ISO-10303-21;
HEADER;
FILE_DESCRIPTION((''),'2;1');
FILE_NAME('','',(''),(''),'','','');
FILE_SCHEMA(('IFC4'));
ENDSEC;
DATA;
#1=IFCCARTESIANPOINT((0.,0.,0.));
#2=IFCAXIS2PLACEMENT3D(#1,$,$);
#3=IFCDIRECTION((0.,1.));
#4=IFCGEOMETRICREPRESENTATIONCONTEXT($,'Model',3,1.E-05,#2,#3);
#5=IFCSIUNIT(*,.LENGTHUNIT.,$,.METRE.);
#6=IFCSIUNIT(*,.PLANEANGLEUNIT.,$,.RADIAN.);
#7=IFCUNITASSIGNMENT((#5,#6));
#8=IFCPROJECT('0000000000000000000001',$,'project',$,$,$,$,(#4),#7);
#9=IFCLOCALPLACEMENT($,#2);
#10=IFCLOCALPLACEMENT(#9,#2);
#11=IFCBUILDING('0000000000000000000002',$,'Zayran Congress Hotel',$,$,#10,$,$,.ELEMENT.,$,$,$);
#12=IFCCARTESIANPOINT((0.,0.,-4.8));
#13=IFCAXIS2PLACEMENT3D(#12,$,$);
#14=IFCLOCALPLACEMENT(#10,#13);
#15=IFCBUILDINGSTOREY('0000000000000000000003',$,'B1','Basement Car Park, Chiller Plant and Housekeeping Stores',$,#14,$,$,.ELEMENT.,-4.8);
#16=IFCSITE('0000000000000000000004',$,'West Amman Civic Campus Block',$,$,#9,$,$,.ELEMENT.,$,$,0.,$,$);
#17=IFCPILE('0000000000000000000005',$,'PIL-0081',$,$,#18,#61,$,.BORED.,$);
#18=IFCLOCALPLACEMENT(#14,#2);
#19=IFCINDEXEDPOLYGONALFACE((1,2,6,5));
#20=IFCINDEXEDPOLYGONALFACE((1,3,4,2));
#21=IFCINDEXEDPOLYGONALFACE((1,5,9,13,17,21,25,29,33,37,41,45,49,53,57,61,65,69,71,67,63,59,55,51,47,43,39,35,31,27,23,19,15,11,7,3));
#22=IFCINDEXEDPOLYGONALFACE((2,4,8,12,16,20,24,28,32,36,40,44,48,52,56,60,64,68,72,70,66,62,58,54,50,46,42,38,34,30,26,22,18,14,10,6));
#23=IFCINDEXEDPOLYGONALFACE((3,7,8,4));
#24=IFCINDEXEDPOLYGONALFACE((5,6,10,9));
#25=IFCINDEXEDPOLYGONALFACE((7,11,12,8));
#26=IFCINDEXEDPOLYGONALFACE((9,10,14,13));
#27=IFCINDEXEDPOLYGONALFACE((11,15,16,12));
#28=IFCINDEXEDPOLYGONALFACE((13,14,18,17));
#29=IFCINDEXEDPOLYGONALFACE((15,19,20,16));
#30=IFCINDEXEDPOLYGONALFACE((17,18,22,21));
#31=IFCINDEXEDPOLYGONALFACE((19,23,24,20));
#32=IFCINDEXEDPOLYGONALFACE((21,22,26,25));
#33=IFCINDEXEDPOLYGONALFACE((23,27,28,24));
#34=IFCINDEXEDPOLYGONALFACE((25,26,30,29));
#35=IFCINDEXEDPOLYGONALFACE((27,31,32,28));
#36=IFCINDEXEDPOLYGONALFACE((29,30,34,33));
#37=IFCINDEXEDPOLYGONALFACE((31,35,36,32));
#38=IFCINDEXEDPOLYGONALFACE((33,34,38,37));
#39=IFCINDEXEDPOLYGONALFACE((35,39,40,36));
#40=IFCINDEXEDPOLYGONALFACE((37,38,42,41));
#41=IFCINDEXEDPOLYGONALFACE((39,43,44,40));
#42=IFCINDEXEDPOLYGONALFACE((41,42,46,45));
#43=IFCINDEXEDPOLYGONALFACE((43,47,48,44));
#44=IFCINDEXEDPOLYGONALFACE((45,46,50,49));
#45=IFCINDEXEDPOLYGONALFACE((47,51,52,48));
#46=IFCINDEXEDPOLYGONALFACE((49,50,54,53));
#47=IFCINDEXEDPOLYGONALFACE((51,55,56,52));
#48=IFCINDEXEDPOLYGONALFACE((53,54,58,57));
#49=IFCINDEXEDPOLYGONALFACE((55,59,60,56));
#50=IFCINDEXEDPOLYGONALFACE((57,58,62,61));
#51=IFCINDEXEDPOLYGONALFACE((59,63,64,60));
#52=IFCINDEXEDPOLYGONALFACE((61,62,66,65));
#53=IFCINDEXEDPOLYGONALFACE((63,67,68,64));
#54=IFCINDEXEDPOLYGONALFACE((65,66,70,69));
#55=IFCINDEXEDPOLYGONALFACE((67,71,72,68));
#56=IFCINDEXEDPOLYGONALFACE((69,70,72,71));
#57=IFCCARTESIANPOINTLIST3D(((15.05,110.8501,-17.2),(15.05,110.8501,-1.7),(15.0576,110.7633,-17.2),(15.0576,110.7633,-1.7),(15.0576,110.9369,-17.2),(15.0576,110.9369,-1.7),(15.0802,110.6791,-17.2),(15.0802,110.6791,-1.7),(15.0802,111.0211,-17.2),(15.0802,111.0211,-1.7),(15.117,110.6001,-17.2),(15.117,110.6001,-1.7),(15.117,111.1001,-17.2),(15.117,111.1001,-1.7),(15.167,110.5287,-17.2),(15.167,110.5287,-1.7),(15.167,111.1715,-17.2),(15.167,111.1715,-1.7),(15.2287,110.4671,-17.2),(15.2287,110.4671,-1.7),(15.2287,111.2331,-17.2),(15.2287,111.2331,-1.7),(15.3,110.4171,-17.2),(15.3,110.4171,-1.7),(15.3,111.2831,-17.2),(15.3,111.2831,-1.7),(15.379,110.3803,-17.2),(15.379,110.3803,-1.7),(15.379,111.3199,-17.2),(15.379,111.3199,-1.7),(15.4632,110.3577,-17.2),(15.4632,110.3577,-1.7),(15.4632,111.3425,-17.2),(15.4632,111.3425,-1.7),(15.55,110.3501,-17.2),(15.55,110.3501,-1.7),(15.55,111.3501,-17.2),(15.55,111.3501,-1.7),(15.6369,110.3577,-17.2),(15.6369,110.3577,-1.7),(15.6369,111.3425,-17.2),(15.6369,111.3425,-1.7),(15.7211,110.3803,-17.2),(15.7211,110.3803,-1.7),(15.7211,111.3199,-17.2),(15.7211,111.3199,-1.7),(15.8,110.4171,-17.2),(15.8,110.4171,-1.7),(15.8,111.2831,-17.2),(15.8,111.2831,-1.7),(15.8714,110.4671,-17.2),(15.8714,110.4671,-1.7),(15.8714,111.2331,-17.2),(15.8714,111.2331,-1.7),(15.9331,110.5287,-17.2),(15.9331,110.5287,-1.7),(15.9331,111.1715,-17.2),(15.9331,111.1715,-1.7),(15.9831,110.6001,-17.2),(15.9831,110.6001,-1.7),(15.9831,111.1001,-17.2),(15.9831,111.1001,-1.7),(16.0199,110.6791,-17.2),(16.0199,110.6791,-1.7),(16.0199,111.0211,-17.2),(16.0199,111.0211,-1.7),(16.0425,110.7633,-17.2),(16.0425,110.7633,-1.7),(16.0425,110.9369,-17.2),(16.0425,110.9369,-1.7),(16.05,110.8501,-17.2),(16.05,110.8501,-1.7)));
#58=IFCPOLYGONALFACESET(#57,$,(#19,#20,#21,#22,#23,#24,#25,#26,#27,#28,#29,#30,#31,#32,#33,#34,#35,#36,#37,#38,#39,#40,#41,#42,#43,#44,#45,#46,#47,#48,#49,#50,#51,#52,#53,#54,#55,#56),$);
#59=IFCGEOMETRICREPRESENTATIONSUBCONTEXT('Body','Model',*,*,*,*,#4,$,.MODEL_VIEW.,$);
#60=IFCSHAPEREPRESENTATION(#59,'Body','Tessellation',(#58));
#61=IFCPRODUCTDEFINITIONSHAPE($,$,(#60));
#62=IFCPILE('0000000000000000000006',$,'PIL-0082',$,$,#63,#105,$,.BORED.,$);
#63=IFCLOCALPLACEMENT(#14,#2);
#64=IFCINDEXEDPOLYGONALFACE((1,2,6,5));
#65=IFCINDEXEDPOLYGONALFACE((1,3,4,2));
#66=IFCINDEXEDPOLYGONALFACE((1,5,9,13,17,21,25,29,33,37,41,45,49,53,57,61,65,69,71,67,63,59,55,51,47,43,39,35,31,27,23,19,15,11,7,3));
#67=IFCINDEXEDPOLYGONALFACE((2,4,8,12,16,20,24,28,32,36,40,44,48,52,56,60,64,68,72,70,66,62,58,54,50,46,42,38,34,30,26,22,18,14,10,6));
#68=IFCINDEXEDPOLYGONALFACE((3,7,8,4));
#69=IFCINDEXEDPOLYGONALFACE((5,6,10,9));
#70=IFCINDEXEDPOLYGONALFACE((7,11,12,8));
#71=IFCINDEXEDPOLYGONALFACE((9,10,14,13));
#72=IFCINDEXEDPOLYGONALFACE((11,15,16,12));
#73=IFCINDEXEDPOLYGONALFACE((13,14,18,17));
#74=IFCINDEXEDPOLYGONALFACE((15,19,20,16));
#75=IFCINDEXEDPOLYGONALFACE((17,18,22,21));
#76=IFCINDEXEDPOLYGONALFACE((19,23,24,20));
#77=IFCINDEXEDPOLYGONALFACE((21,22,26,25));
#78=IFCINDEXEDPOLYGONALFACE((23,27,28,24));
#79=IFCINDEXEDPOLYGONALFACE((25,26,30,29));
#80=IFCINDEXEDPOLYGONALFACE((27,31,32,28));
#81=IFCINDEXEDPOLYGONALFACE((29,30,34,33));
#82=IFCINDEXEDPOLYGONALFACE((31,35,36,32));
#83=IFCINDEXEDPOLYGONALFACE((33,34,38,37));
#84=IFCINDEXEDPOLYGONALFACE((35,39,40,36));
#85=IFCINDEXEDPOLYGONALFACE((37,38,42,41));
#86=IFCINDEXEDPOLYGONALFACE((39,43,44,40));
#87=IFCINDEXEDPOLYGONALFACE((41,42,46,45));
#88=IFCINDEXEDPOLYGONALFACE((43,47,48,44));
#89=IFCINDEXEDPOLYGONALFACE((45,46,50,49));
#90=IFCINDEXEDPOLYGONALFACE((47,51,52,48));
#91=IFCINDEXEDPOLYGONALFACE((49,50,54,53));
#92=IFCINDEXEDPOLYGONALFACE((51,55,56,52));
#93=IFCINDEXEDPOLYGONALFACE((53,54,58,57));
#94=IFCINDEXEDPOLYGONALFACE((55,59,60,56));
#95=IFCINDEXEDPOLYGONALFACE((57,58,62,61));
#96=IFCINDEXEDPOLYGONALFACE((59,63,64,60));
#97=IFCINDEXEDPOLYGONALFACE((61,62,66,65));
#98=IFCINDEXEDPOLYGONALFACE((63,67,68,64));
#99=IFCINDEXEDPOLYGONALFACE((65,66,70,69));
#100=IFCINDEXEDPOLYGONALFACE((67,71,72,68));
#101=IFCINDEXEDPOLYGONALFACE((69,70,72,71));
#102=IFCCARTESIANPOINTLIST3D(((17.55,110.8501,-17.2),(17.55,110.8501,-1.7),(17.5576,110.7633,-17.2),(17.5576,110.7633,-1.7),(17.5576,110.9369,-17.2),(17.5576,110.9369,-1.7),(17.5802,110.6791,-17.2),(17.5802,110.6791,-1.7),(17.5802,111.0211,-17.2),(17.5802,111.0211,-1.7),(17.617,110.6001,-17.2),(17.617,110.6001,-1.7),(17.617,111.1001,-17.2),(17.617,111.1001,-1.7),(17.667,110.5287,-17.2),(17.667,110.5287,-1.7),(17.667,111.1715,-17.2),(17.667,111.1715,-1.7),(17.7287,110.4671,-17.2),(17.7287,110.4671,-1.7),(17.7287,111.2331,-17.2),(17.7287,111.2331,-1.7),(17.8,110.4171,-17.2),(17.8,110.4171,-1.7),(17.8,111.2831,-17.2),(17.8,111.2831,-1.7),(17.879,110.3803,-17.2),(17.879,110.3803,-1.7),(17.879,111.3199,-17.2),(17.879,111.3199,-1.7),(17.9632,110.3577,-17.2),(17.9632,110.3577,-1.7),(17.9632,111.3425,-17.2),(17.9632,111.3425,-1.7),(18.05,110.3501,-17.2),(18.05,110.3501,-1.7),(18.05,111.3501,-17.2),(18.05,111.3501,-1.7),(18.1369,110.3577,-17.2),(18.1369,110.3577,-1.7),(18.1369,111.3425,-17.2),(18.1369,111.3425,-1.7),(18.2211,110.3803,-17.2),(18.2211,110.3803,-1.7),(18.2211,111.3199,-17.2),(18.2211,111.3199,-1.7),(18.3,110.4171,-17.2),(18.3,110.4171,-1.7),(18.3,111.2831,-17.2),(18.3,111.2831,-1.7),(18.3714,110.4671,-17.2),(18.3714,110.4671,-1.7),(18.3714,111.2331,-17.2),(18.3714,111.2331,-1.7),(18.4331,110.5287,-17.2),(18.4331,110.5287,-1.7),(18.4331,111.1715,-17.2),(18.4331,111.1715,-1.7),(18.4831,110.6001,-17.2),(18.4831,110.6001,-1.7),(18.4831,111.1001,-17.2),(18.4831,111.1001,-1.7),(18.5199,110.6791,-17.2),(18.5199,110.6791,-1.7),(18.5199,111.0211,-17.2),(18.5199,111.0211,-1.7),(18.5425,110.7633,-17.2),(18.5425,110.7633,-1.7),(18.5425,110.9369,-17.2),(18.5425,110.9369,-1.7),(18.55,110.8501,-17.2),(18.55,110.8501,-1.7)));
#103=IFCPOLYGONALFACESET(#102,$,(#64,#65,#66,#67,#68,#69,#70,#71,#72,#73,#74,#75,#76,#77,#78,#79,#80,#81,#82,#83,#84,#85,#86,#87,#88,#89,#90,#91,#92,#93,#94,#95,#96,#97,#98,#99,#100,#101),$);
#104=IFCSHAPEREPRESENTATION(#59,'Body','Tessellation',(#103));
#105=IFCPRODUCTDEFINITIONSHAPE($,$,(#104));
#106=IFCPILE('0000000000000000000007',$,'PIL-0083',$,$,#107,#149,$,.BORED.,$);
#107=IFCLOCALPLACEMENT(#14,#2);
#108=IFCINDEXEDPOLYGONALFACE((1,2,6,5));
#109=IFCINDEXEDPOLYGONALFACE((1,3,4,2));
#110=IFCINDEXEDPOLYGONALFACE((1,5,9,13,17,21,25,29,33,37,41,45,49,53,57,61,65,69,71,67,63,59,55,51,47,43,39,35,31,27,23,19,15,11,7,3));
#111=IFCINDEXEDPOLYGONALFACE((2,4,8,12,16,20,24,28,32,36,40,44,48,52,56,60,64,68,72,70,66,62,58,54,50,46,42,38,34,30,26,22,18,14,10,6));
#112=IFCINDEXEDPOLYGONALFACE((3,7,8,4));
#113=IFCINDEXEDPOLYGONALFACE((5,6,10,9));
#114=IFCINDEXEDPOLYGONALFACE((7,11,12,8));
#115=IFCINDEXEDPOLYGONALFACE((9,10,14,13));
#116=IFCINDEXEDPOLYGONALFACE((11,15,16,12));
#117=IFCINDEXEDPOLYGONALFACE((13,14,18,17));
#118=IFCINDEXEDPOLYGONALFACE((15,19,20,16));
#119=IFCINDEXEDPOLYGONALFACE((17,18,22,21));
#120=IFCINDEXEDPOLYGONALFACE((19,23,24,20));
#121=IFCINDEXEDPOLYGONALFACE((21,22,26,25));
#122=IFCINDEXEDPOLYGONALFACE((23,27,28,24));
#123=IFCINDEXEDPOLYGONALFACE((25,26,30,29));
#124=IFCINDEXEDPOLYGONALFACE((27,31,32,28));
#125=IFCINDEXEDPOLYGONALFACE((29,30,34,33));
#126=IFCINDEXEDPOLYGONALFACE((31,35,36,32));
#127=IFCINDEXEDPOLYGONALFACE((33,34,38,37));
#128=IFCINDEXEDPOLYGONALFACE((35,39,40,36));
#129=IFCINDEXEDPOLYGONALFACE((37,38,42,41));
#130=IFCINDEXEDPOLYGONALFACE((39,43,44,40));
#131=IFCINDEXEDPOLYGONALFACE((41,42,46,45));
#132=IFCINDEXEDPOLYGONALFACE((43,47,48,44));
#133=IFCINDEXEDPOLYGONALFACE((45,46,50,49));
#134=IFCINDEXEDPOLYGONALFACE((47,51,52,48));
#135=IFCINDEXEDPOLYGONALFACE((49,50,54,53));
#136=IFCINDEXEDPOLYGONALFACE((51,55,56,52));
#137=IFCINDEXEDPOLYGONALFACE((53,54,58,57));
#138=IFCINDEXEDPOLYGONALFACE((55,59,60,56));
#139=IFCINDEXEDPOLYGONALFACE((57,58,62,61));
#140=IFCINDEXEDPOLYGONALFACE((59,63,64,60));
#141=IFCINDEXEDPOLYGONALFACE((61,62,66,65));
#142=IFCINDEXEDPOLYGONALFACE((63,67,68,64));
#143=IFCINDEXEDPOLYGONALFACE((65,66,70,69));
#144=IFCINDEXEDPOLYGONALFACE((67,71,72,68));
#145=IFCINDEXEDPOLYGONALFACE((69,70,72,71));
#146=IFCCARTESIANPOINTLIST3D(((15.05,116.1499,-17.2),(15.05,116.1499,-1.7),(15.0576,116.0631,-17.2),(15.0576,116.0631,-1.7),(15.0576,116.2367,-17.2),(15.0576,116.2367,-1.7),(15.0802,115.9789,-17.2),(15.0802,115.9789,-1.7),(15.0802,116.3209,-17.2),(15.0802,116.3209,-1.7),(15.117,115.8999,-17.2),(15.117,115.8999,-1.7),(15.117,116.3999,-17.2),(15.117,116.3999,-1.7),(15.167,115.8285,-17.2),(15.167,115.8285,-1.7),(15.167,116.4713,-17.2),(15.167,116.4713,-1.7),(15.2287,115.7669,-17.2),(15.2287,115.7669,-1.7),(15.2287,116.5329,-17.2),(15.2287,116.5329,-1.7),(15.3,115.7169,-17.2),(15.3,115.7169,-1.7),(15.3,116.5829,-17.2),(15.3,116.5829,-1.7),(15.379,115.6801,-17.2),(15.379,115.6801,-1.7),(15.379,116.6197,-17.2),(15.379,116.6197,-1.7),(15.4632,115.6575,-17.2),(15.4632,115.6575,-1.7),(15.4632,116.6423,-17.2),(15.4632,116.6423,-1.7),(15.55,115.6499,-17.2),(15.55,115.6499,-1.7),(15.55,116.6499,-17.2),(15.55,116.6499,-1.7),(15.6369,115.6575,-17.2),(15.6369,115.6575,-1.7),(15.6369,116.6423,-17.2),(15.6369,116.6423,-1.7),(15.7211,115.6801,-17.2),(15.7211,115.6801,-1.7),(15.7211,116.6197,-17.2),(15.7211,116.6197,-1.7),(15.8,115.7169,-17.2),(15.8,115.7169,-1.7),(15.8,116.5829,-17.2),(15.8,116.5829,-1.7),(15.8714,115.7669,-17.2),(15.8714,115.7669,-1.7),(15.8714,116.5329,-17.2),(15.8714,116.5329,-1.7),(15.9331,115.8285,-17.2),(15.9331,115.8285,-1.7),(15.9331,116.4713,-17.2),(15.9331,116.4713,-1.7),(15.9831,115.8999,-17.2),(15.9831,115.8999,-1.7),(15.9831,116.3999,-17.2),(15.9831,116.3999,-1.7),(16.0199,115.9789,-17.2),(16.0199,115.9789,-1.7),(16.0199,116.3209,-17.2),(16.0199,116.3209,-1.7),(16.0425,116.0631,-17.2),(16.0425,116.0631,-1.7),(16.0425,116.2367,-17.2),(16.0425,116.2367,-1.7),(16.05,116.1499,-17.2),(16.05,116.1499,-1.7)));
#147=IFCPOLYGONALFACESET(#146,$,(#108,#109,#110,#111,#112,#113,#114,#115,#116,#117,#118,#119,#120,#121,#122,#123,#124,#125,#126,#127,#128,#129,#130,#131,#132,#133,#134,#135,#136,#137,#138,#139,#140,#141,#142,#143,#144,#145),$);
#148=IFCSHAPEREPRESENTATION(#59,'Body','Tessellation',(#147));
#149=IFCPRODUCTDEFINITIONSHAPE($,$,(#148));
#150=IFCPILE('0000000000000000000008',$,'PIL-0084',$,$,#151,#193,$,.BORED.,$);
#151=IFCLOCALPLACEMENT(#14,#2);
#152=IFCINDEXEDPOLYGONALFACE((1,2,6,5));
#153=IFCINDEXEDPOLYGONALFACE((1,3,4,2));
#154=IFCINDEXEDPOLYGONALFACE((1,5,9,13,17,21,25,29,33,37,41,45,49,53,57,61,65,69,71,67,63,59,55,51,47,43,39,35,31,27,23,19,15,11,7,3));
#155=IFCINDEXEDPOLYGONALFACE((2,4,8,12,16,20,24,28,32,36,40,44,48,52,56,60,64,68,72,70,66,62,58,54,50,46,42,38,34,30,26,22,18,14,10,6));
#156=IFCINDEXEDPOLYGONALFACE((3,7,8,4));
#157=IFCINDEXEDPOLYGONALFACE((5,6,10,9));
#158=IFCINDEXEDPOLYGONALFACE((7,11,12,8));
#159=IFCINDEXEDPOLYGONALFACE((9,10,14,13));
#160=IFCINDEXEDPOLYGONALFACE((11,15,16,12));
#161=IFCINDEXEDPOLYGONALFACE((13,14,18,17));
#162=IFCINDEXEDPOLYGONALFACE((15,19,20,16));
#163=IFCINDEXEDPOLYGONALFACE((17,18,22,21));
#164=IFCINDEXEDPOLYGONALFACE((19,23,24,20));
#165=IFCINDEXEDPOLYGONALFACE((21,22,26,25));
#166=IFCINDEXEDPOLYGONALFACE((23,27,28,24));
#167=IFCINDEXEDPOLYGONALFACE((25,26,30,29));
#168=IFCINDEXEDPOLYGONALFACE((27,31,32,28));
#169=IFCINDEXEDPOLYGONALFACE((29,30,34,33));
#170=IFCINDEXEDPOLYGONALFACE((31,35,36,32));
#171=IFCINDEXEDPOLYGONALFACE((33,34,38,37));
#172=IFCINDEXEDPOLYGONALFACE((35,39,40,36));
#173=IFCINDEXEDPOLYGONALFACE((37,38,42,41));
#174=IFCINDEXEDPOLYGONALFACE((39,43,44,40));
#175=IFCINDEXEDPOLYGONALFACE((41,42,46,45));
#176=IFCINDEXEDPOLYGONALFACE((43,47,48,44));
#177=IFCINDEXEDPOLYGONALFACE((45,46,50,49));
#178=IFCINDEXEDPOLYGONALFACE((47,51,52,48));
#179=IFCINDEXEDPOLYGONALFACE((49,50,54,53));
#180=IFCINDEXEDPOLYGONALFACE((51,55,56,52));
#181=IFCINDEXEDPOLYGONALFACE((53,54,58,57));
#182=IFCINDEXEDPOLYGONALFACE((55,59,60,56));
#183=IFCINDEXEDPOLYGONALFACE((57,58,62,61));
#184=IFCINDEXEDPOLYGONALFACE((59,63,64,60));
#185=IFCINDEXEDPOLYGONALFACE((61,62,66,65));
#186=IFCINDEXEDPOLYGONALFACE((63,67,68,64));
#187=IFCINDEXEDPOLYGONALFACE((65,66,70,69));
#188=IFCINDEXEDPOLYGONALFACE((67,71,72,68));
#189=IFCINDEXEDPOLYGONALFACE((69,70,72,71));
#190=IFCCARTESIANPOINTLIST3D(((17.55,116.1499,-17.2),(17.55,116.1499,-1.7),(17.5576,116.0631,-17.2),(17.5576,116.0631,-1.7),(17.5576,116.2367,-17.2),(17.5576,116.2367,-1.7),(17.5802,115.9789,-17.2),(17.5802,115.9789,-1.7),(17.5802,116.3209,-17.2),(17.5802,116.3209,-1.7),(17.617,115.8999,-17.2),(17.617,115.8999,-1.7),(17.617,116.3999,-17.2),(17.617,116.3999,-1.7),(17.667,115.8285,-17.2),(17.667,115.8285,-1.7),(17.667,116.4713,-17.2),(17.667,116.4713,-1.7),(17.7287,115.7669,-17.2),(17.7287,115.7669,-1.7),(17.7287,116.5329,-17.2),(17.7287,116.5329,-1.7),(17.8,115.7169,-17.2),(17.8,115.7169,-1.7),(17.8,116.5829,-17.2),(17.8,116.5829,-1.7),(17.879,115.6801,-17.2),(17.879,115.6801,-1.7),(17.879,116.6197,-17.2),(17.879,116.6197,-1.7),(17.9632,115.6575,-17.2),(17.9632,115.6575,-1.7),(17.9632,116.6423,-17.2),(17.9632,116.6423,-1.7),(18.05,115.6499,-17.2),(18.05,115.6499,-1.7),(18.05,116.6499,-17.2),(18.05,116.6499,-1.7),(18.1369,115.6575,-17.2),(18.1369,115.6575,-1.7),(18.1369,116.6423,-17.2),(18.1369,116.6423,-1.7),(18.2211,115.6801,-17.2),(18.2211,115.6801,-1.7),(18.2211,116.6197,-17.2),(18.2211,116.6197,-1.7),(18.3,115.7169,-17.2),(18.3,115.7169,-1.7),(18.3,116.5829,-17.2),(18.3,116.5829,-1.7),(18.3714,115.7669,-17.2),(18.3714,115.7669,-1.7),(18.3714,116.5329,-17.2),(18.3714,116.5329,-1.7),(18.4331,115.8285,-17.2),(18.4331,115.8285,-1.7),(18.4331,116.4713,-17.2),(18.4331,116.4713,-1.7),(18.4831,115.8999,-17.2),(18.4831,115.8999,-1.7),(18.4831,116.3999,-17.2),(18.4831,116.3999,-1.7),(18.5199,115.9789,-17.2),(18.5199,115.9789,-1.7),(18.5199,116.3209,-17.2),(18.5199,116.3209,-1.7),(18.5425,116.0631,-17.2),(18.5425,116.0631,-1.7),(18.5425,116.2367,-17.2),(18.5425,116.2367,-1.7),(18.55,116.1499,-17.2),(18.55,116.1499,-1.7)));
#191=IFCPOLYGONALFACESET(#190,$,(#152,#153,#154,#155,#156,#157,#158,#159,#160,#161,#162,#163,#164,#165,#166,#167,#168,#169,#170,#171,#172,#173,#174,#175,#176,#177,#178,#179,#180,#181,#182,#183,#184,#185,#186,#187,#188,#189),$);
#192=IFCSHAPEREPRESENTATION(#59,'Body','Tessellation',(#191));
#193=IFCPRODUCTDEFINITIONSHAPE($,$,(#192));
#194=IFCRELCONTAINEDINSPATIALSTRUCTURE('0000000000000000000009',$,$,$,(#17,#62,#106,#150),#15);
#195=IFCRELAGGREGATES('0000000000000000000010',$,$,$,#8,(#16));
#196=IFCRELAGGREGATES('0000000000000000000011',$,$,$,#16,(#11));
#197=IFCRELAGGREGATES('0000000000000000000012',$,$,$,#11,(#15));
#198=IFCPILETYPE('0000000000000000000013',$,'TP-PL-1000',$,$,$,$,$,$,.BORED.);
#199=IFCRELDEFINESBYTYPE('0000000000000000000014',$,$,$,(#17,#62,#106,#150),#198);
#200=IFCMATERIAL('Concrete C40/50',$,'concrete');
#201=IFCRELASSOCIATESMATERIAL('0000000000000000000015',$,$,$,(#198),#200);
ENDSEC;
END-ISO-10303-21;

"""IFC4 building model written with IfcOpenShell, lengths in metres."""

from ifc_helpers import new_model, si_unit, direction, frame, origin, origin_2d, place, context, subcontext, project, spatial, circle, extrude, material, material_profile, profile_set, type_object, element, save


model = new_model("IFC4")

# Units and contexts
model_context = context("Model", 3, precision=1e-05, world=origin(), true_north=direction((0.0, 1.0)))
body_context = subcontext(model_context, "Body", "Model", "MODEL_VIEW")
ifc_project = project(units=[si_unit("LENGTHUNIT", "METRE"), si_unit("PLANEANGLEUNIT", "RADIAN")], contexts=[model_context])

# Site, building, storey
site_placement = place(None, origin())
site = spatial("IfcSite", under=ifc_project, at=site_placement, Name="West Amman Civic Campus Block", CompositionType="ELEMENT", RefElevation=0.0)
building_placement = place(site_placement, origin())
building = spatial("IfcBuilding", under=site, at=building_placement, Name="Zayran Congress Hotel", CompositionType="ELEMENT")
storey_placement = place(building_placement, frame((0.0, 0.0, -4.8)))
storey = spatial("IfcBuildingStorey", under=building, at=storey_placement, Name="B1", Description="Basement Car Park, Chiller Plant and Housekeeping Stores", CompositionType="ELEMENT", Elevation=-4.8)

# Piles
ifc_material_1 = material(Name="Concrete C40/50", Category="concrete")
ifc_material_profile_1 = material_profile(ifc_material_1, circle(Radius=0.5, at=origin_2d()), Name="PILE D1000")
ifc_profile_set_1 = profile_set([ifc_material_profile_1], Name="Concrete C40/50")
pile_type = type_object("IfcPileType", Name="TP-PL-1000", PredefinedType="BORED", material=ifc_profile_set_1)
for number, where, z_axis, x_axis, name in (
    (1, (15.55, 110.8501, -1.7), (0.0, 0.0, -1.0), (1.0, 0.0, 0.0), "PIL-0081"),
    (2, (18.05, 110.8501, -1.7), (0.0, 0.0, -1.0), (1.0, 0.0, 0.0), "PIL-0082"),
    (3, (15.55, 116.1499, -1.7), (0.0, 0.0, -1.0), (1.0, 0.0, 0.0), "PIL-0083"),
    (4, (18.05, 116.1499, -1.7), (0.0, 0.0, -1.0), (1.0, 0.0, 0.0), "PIL-0084"),
):
    element("IfcPile", number, at=place(storey_placement, frame(where, z_axis=z_axis, x_axis=x_axis)), inside=storey, type_object=pile_type, Name=name, PredefinedType="BORED", context=body_context, shape_type="SweptSolid", body=[
        extrude(circle(Radius=0.5, at=origin_2d()), origin(), (0.0, 0.0, 1.0), 15.5),
    ])

save(model, "model.ifc")
